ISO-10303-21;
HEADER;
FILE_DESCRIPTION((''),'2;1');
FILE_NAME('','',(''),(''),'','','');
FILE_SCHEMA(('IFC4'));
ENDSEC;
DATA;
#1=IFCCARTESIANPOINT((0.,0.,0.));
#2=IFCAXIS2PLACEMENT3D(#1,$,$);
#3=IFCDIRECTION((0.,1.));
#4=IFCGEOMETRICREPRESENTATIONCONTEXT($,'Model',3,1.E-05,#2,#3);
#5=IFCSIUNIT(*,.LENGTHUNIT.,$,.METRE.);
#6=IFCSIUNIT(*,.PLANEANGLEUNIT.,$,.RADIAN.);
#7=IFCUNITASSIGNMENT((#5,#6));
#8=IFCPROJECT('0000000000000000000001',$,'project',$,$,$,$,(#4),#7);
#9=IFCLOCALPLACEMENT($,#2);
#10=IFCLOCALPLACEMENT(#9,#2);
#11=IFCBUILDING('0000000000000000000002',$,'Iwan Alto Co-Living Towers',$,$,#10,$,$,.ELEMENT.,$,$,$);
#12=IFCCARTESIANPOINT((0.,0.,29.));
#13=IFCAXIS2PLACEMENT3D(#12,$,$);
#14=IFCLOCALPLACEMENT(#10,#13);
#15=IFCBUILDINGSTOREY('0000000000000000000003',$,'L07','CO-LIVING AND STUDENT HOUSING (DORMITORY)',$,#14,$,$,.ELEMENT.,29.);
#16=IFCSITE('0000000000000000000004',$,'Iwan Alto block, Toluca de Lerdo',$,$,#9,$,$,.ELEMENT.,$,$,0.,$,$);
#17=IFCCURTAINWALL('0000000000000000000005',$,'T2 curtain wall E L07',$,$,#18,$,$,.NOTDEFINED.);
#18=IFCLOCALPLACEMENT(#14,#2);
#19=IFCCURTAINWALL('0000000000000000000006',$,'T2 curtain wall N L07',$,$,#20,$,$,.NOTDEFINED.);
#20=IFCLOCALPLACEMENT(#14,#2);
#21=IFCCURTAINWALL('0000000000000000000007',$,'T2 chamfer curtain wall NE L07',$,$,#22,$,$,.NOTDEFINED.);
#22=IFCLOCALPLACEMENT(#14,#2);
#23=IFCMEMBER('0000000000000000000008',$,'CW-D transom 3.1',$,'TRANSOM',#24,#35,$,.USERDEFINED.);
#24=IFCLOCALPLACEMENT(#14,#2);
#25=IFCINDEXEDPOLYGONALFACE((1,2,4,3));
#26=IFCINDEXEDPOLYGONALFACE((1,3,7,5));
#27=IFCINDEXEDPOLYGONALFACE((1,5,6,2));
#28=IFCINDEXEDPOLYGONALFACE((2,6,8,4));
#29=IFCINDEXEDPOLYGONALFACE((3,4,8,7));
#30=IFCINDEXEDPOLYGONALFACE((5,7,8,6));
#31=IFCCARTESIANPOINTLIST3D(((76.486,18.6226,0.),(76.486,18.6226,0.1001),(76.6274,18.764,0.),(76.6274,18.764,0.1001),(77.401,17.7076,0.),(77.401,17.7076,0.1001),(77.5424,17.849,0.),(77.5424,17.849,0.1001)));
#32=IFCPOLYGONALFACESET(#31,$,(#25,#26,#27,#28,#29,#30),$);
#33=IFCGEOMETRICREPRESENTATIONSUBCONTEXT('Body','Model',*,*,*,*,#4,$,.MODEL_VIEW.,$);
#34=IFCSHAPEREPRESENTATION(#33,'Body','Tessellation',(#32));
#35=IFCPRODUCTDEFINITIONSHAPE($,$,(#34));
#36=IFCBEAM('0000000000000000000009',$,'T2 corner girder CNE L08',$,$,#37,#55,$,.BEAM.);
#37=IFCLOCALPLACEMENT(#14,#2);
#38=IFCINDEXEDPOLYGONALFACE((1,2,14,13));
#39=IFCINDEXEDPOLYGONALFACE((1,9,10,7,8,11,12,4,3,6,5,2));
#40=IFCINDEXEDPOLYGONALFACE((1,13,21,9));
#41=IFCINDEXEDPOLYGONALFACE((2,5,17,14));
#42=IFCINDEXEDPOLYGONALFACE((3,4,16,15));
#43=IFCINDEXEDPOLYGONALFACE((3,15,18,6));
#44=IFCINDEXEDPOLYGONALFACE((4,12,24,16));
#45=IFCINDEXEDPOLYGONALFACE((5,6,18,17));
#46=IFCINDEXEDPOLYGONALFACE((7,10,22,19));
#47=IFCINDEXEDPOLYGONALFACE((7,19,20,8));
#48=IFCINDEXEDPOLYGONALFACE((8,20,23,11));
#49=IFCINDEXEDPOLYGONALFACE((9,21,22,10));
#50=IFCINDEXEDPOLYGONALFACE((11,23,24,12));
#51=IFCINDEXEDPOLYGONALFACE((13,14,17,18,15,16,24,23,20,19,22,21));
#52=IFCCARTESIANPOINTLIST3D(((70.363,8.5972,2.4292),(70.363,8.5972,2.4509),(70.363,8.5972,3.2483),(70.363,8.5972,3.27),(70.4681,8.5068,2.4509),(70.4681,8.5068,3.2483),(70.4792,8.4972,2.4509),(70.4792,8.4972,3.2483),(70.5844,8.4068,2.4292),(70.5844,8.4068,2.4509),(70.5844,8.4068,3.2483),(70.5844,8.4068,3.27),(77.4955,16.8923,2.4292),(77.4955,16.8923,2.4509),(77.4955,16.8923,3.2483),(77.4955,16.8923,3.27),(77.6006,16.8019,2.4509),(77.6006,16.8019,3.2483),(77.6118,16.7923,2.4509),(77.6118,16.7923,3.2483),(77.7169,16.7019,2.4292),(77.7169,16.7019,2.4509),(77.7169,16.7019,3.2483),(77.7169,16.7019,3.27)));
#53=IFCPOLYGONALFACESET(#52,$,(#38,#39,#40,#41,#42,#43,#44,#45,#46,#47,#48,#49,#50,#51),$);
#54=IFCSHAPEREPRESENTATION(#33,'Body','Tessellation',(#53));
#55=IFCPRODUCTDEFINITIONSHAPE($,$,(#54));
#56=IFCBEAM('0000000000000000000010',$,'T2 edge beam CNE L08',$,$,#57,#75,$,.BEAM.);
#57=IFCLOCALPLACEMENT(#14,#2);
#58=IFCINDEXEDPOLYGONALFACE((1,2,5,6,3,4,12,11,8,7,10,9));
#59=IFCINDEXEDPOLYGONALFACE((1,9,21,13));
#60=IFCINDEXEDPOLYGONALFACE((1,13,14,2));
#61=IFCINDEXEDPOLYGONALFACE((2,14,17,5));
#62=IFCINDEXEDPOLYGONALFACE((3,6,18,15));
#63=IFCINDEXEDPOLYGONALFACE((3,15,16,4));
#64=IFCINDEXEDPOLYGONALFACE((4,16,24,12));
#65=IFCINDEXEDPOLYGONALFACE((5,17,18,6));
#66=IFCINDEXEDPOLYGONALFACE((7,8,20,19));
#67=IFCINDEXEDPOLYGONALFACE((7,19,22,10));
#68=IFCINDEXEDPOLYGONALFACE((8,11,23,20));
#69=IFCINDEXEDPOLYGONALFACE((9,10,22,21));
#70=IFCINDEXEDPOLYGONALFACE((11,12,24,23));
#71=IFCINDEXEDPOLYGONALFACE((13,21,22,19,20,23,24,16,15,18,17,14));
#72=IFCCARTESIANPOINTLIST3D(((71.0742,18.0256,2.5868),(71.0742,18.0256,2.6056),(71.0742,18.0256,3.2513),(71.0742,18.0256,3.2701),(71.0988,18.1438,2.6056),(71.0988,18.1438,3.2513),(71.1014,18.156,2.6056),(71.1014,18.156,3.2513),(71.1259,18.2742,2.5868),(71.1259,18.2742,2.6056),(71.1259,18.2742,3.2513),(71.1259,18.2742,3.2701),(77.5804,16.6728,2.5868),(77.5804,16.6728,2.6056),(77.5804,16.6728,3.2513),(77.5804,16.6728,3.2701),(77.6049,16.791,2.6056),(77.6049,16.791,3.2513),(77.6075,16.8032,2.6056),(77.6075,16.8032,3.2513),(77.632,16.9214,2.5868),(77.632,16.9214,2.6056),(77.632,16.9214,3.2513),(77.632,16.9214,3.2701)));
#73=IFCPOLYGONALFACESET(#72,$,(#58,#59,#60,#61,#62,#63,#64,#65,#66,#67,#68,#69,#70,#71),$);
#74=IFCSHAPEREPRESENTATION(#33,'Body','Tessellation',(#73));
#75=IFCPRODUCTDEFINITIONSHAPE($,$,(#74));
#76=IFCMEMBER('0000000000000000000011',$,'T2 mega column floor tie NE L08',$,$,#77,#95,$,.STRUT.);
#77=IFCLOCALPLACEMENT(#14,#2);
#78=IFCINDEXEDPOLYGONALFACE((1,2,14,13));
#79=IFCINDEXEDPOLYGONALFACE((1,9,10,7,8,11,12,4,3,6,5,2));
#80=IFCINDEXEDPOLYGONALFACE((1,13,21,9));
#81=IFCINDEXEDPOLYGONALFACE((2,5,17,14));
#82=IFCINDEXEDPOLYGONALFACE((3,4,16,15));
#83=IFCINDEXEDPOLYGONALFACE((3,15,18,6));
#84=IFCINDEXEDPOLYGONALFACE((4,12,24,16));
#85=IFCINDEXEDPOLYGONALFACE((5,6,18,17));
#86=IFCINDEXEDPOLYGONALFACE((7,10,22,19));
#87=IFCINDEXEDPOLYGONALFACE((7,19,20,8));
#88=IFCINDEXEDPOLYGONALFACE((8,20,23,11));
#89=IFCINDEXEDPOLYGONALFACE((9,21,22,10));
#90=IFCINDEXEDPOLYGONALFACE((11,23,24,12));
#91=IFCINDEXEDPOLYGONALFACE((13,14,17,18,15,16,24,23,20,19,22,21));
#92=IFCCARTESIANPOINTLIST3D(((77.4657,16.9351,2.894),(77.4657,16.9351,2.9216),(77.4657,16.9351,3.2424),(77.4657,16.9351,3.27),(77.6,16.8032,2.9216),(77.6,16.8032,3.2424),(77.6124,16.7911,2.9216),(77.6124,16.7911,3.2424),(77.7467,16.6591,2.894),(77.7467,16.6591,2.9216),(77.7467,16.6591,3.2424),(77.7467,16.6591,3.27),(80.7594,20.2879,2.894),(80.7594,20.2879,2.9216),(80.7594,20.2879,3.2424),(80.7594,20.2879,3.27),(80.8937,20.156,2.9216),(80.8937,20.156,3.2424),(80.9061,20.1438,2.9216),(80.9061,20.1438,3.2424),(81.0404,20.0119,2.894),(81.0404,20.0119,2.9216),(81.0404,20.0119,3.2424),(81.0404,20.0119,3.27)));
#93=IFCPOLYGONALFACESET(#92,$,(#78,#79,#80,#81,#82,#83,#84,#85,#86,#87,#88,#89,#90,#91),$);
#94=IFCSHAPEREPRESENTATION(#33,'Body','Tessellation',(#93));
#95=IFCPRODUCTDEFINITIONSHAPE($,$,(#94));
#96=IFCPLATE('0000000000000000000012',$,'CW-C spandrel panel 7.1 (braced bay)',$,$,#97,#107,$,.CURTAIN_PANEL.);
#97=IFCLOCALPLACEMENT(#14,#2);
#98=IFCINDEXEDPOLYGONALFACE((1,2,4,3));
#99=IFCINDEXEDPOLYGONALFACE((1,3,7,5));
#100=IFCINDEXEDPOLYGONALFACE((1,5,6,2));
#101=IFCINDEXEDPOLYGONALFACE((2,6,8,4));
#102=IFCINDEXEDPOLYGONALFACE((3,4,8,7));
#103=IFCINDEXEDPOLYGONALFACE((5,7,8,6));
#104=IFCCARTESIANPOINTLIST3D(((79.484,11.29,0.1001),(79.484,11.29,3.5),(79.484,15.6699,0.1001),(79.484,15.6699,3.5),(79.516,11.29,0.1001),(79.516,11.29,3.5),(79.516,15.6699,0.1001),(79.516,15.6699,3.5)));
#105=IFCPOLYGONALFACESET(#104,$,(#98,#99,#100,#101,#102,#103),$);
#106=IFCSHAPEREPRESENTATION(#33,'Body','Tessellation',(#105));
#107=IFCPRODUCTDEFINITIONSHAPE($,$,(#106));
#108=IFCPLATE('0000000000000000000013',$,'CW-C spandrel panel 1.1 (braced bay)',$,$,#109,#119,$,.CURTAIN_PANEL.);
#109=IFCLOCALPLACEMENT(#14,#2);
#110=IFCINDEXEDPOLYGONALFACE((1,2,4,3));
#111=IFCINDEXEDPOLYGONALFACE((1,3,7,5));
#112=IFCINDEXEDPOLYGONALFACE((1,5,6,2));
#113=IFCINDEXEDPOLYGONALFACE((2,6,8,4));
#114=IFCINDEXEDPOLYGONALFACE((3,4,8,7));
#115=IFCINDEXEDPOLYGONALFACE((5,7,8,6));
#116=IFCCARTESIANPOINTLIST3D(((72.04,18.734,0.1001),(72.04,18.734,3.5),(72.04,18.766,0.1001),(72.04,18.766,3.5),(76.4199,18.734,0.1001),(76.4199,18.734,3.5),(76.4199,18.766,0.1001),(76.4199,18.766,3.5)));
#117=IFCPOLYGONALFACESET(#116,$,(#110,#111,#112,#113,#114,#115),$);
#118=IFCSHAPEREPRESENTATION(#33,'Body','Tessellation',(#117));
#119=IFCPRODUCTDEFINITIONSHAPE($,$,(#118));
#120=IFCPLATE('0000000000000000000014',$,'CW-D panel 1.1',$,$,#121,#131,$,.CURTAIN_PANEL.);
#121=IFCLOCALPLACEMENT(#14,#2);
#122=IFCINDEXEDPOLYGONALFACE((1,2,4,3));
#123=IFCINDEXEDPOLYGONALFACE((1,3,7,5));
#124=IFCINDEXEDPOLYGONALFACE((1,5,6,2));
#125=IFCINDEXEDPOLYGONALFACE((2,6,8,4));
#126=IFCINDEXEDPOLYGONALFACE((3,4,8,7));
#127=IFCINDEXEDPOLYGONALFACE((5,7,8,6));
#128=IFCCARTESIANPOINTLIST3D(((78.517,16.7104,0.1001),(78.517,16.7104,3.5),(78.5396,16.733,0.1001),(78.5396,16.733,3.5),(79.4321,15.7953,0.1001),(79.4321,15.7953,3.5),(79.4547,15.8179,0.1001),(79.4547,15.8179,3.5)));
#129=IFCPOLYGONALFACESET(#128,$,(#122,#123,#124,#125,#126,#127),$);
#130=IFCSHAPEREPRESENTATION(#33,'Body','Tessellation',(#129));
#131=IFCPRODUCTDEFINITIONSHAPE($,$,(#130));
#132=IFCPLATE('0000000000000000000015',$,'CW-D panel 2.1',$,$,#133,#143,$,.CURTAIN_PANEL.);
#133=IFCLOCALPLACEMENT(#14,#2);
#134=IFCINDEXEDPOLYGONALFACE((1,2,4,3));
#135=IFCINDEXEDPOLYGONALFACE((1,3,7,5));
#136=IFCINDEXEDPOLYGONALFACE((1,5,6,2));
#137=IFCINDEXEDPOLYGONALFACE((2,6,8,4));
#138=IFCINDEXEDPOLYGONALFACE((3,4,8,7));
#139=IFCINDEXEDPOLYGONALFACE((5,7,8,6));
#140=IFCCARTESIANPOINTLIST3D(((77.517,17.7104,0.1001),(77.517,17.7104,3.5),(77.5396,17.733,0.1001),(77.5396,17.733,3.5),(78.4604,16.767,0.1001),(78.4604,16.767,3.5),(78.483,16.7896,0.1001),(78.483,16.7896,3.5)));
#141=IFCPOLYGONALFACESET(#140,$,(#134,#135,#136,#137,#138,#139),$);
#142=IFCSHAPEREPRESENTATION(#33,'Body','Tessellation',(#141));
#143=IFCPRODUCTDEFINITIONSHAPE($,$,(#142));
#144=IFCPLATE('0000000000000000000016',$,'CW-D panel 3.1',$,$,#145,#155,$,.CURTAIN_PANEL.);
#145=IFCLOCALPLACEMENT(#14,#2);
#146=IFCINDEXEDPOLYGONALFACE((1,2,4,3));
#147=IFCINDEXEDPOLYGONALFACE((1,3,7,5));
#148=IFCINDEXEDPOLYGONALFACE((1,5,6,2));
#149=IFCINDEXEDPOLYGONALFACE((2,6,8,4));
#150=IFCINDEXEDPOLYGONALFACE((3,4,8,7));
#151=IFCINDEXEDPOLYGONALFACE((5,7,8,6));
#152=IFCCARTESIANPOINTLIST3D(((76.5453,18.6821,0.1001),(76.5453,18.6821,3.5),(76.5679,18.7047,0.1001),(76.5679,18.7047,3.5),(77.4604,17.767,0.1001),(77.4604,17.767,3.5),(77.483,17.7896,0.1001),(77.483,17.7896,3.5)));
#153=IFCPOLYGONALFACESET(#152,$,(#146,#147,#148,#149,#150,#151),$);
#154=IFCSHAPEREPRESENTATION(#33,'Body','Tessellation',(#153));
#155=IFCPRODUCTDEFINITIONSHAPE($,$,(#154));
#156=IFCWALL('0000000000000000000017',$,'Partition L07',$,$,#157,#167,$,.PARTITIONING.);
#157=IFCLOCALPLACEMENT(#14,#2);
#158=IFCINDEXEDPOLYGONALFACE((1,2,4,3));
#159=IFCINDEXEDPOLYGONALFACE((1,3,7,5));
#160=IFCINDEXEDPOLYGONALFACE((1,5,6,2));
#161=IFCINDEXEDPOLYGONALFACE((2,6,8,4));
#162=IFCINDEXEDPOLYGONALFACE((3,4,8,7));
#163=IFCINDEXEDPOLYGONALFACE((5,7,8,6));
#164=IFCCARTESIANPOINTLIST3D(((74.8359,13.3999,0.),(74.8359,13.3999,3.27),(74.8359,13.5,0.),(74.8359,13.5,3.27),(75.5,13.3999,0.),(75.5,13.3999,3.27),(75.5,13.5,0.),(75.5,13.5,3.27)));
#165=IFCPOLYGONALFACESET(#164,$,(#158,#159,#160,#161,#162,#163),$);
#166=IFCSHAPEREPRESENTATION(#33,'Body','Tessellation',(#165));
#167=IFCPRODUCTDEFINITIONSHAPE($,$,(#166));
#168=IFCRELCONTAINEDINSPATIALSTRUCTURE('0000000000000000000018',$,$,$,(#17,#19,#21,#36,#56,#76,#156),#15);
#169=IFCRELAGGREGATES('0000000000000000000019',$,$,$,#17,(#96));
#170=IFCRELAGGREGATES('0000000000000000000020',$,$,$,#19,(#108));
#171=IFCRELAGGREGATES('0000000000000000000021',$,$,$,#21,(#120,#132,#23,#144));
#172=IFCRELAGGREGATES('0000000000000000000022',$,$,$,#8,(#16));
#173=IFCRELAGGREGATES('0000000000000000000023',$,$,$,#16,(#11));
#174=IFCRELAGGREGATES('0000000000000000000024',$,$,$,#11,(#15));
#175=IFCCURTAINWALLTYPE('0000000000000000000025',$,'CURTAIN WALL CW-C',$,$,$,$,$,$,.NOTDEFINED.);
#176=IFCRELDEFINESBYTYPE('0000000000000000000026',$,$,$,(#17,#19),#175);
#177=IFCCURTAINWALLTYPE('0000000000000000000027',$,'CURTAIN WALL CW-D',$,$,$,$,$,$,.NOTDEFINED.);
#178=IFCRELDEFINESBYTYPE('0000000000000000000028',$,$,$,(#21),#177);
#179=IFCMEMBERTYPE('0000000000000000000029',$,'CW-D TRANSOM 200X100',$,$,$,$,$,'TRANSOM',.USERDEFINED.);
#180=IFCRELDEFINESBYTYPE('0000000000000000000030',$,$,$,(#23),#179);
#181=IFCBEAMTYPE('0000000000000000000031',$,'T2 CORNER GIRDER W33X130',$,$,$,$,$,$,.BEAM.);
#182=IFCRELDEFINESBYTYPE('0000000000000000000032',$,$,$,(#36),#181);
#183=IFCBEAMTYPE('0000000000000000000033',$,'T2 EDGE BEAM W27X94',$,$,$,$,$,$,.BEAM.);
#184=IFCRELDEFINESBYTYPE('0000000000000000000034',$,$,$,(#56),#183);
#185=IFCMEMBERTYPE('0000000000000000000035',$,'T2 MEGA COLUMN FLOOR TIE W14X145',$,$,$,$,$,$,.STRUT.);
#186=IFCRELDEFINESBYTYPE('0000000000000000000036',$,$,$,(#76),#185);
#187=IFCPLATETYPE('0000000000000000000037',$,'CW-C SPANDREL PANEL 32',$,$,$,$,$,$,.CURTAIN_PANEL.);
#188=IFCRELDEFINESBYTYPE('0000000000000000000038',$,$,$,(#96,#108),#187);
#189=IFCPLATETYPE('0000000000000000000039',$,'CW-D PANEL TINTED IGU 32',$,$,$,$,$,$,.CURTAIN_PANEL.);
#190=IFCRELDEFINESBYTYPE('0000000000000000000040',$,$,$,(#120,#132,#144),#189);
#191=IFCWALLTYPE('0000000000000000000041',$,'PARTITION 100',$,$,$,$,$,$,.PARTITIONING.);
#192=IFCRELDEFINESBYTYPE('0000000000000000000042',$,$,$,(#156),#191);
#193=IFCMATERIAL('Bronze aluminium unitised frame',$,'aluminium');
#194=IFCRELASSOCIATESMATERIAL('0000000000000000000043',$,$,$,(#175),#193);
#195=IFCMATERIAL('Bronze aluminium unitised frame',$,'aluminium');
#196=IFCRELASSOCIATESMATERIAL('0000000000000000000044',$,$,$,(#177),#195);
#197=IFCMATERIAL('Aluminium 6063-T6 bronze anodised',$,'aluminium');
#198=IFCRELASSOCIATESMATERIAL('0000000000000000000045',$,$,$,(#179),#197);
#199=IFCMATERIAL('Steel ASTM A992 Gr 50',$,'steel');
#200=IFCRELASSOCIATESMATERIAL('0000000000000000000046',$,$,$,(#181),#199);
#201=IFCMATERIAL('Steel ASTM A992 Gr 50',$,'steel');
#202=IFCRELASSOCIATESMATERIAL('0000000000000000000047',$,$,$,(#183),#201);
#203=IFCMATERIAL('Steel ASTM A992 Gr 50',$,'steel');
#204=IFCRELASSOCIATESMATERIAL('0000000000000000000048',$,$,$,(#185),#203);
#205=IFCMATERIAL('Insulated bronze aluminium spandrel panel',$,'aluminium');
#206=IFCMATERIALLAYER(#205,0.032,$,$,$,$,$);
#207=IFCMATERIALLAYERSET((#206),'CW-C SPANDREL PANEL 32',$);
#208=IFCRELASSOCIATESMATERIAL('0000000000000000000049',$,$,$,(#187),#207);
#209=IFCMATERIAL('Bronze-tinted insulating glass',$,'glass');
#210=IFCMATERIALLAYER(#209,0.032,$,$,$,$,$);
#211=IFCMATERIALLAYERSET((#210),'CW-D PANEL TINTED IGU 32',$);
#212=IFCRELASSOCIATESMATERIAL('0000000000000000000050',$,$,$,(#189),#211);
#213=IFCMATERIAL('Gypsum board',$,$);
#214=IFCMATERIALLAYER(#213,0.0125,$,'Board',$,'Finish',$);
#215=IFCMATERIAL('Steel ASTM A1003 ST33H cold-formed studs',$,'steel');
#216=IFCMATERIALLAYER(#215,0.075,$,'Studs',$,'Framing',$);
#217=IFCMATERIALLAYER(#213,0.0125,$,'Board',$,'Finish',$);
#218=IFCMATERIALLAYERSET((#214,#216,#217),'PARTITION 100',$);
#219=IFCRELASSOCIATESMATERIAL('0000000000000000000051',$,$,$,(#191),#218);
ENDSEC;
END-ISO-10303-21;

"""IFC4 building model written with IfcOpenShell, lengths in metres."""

from ifc_helpers import new_model, si_unit, direction, frame, frame_2d, origin, origin_2d, place, context, subcontext, project, spatial, rectangle, i_section, extrude, material, layer, layer_set, material_profile, profile_set, type_object, element, aggregate, save


model = new_model("IFC4")

# Units and contexts
model_context = context("Model", 3, precision=1e-05, world=origin(), true_north=direction((0.0, 1.0)))
body_context = subcontext(model_context, "Body", "Model", "MODEL_VIEW")
ifc_project = project(units=[si_unit("LENGTHUNIT", "METRE"), si_unit("PLANEANGLEUNIT", "RADIAN")], contexts=[model_context])

# Site, building, storey
site_placement = place(None, origin())
site = spatial("IfcSite", under=ifc_project, at=site_placement, Name="Iwan Alto block, Toluca de Lerdo", CompositionType="ELEMENT", RefElevation=0.0)
building_placement = place(site_placement, origin())
building = spatial("IfcBuilding", under=site, at=building_placement, Name="Iwan Alto Co-Living Towers", CompositionType="ELEMENT")
storey_placement = place(building_placement, frame((0.0, 0.0, 29.0)))
storey = spatial("IfcBuildingStorey", under=building, at=storey_placement, Name="L07", Description="CO-LIVING AND STUDENT HOUSING (DORMITORY)", CompositionType="ELEMENT", Elevation=29.0)

# Curtain wall
ifc_material_1 = material(Name="Bronze aluminium unitised frame", Category="aluminium")
curtain_wall_type_1 = type_object("IfcCurtainWallType", Name="CURTAIN WALL CW-C", PredefinedType="NOTDEFINED", material=ifc_material_1)
curtain_wall_1_placement = place(storey_placement, origin())
curtain_wall_1 = element("IfcCurtainWall", 1, at=curtain_wall_1_placement, inside=storey, type_object=curtain_wall_type_1, Name="T2 curtain wall E L07", PredefinedType="NOTDEFINED")

# Curtain walls, member
curtain_wall_2_placement = place(storey_placement, origin())
curtain_wall_2 = element("IfcCurtainWall", 2, at=curtain_wall_2_placement, inside=storey, type_object=curtain_wall_type_1, Name="T2 curtain wall N L07", PredefinedType="NOTDEFINED")
ifc_material_2 = material(Name="Bronze aluminium unitised frame", Category="aluminium")
curtain_wall_type_2 = type_object("IfcCurtainWallType", Name="CURTAIN WALL CW-D", PredefinedType="NOTDEFINED", material=ifc_material_2)
curtain_wall_3_placement = place(storey_placement, origin())
curtain_wall_3 = element("IfcCurtainWall", 3, at=curtain_wall_3_placement, inside=storey, type_object=curtain_wall_type_2, Name="T2 chamfer curtain wall NE L07", PredefinedType="NOTDEFINED")
ifc_material_3 = material(Name="Aluminium 6063-T6 bronze anodised", Category="aluminium")
ifc_material_profile_1 = material_profile(ifc_material_3, rectangle(XDim=0.2, YDim=0.1001, at=origin_2d()), Name="AL 200X100")
ifc_profile_set_1 = profile_set([ifc_material_profile_1], Name="Aluminium 6063-T6 bronze anodised")
member_type_1 = type_object("IfcMemberType", Name="CW-D TRANSOM 200X100", ElementType="TRANSOM", PredefinedType="USERDEFINED", material=ifc_profile_set_1)
member_1_placement = place(storey_placement, frame((77.4717, 17.7783, 0.05), z_axis=(-0.707107, 0.707107, 0.0), x_axis=(-0.707107, -0.707107, 0.0)))
member_1 = element("IfcMember", 4, at=member_1_placement, type_object=member_type_1, Name="CW-D transom 3.1", ObjectType="TRANSOM", PredefinedType="USERDEFINED", context=body_context, shape_type="SweptSolid", body=[
    extrude(rectangle(XDim=0.2, YDim=0.1001, at=origin_2d()), origin(), (0.0, 0.0, 1.0), 1.2939),
])

# Beams
ifc_material_4 = material(Name="Steel ASTM A992 Gr 50", Category="steel")
ifc_material_profile_2 = material_profile(ifc_material_4, i_section(OverallWidth=0.292, OverallDepth=0.8408, WebThickness=0.0146, FlangeThickness=0.0217, at=origin_2d()), Name="W33X130")
ifc_profile_set_2 = profile_set([ifc_material_profile_2], Name="Steel ASTM A992 Gr 50")
beam_type_1 = type_object("IfcBeamType", Name="T2 CORNER GIRDER W33X130", PredefinedType="BEAM", material=ifc_profile_set_2)
beam_1_placement = place(storey_placement, frame((77.6062, 16.7971, 2.8496), z_axis=(-0.651972, -0.758243, 0.0), x_axis=(0.758243, -0.651972, 0.0)))
element("IfcBeam", 5, at=beam_1_placement, inside=storey, type_object=beam_type_1, Name="T2 corner girder CNE L08", PredefinedType="BEAM", context=body_context, shape_type="SweptSolid", body=[
    extrude(i_section(OverallWidth=0.292, OverallDepth=0.8408, WebThickness=0.0146, FlangeThickness=0.0217, at=origin_2d()), origin(), (0.0, 0.0, 1.0), 10.9399),
])
ifc_material_5 = material(Name="Steel ASTM A992 Gr 50", Category="steel")
ifc_material_profile_3 = material_profile(ifc_material_5, i_section(OverallWidth=0.2539, OverallDepth=0.6833, WebThickness=0.0125, FlangeThickness=0.0188, at=origin_2d()), Name="W27X94")
ifc_profile_set_3 = profile_set([ifc_material_profile_3], Name="Steel ASTM A992 Gr 50")
beam_type_2 = type_object("IfcBeamType", Name="T2 EDGE BEAM W27X94", PredefinedType="BEAM", material=ifc_profile_set_3)
beam_2_placement = place(storey_placement, frame((77.6062, 16.7971, 2.9285), z_axis=(-0.97906, 0.203571, 0.0), x_axis=(-0.203571, -0.97906, 0.0)))
element("IfcBeam", 6, at=beam_2_placement, inside=storey, type_object=beam_type_2, Name="T2 edge beam CNE L08", PredefinedType="BEAM", context=body_context, shape_type="SweptSolid", body=[
    extrude(i_section(OverallWidth=0.2539, OverallDepth=0.6833, WebThickness=0.0125, FlangeThickness=0.0188, at=origin_2d()), origin(), (0.0, 0.0, 1.0), 6.6453),
])

# Member
ifc_material_6 = material(Name="Steel ASTM A992 Gr 50", Category="steel")
ifc_material_profile_4 = material_profile(ifc_material_6, i_section(OverallWidth=0.3938, OverallDepth=0.376, WebThickness=0.0173, FlangeThickness=0.0276, at=origin_2d()), Name="W14X145")
ifc_profile_set_4 = profile_set([ifc_material_profile_4], Name="Steel ASTM A992 Gr 50")
member_type_2 = type_object("IfcMemberType", Name="T2 MEGA COLUMN FLOOR TIE W14X145", PredefinedType="STRUT", material=ifc_profile_set_4)
member_2_placement = place(storey_placement, frame((80.8999, 20.1499, 3.082), z_axis=(-0.700793, -0.713364, 0.0), x_axis=(0.713364, -0.700793, 0.0)))
element("IfcMember", 7, at=member_2_placement, inside=storey, type_object=member_type_2, Name="T2 mega column floor tie NE L08", PredefinedType="STRUT", context=body_context, shape_type="SweptSolid", body=[
    extrude(i_section(OverallWidth=0.3938, OverallDepth=0.376, WebThickness=0.0173, FlangeThickness=0.0276, at=origin_2d()), origin(), (0.0, 0.0, 1.0), 4.7),
])

# Plates
ifc_material_7 = material(Name="Insulated bronze aluminium spandrel panel", Category="aluminium")
ifc_layer_1 = layer(ifc_material_7, 0.032)
ifc_layer_set_1 = layer_set([ifc_layer_1], Name="CW-C SPANDREL PANEL 32")
plate_type_1 = type_object("IfcPlateType", Name="CW-C SPANDREL PANEL 32", PredefinedType="CURTAIN_PANEL", material=ifc_layer_set_1)
plate_1_placement = place(storey_placement, frame((79.5, 13.48, 0.1001), z_axis=(0.0, 0.0, 1.0), x_axis=(0.0, 1.0, 0.0)))
plate_1 = element("IfcPlate", 8, at=plate_1_placement, type_object=plate_type_1, Name="CW-C spandrel panel 7.1 (braced bay)", PredefinedType="CURTAIN_PANEL", context=body_context, shape_type="SweptSolid", body=[
    extrude(rectangle(XDim=4.3799, YDim=0.032, at=origin_2d()), origin(), (0.0, 0.0, 1.0), 3.3999),
])
aggregate(curtain_wall_1, [plate_1])
plate_2_placement = place(storey_placement, frame((74.23, 18.75, 0.1001), z_axis=(0.0, 0.0, 1.0), x_axis=(-1.0, 0.0, 0.0)))
plate_2 = element("IfcPlate", 9, at=plate_2_placement, type_object=plate_type_1, Name="CW-C spandrel panel 1.1 (braced bay)", PredefinedType="CURTAIN_PANEL", context=body_context, shape_type="SweptSolid", body=[
    extrude(rectangle(XDim=4.3799, YDim=0.032, at=origin_2d()), origin(), (0.0, 0.0, 1.0), 3.3999),
])
aggregate(curtain_wall_2, [plate_2])
ifc_material_8 = material(Name="Bronze-tinted insulating glass", Category="glass")
ifc_layer_2 = layer(ifc_material_8, 0.032)
ifc_layer_set_2 = layer_set([ifc_layer_2], Name="CW-D PANEL TINTED IGU 32")
plate_type_2 = type_object("IfcPlateType", Name="CW-D PANEL TINTED IGU 32", PredefinedType="CURTAIN_PANEL", material=ifc_layer_set_2)
plate_3_placement = place(storey_placement, frame((78.9858, 16.2642, 0.1001), z_axis=(0.0, 0.0, 1.0), x_axis=(-0.707107, 0.707107, 0.0)))
plate_3 = element("IfcPlate", 10, at=plate_3_placement, type_object=plate_type_2, Name="CW-D panel 1.1", PredefinedType="CURTAIN_PANEL", context=body_context, shape_type="SweptSolid", body=[
    extrude(rectangle(XDim=1.2942, YDim=0.032, at=origin_2d()), origin(), (0.0, 0.0, 1.0), 3.3999),
])
plate_4_placement = place(storey_placement, frame((78.0, 17.25, 0.1001), z_axis=(0.0, 0.0, 1.0), x_axis=(-0.707107, 0.707107, 0.0)))
plate_4 = element("IfcPlate", 11, at=plate_4_placement, type_object=plate_type_2, Name="CW-D panel 2.1", PredefinedType="CURTAIN_PANEL", context=body_context, shape_type="SweptSolid", body=[
    extrude(rectangle(XDim=1.3342, YDim=0.032, at=origin_2d()), origin(), (0.0, 0.0, 1.0), 3.3999),
])
plate_5_placement = place(storey_placement, frame((77.0142, 18.2358, 0.1001), z_axis=(0.0, 0.0, 1.0), x_axis=(-0.707107, 0.707107, 0.0)))
plate_5 = element("IfcPlate", 12, at=plate_5_placement, type_object=plate_type_2, Name="CW-D panel 3.1", PredefinedType="CURTAIN_PANEL", context=body_context, shape_type="SweptSolid", body=[
    extrude(rectangle(XDim=1.2942, YDim=0.032, at=origin_2d()), origin(), (0.0, 0.0, 1.0), 3.3999),
])
aggregate(curtain_wall_3, [plate_3, plate_4, member_1, plate_5])

# Wall
ifc_material_9 = material(Name="Gypsum board")
ifc_layer_3 = layer(ifc_material_9, 0.0125, Name="Board", Category="Finish")
ifc_material_10 = material(Name="Steel ASTM A1003 ST33H cold-formed studs", Category="steel")
ifc_layer_4 = layer(ifc_material_10, 0.075, Name="Studs", Category="Framing")
ifc_layer_5 = layer(ifc_material_9, 0.0125, Name="Board", Category="Finish")
ifc_layer_set_3 = layer_set([ifc_layer_3, ifc_layer_4, ifc_layer_5], Name="PARTITION 100")
wall_type = type_object("IfcWallType", Name="PARTITION 100", PredefinedType="PARTITIONING", material=ifc_layer_set_3)
wall_placement = place(storey_placement, frame((74.8359, 13.45, 0.0), z_axis=(0.0, 0.0, 1.0), x_axis=(1.0, 0.0, 0.0)))
element("IfcWall", 13, at=wall_placement, inside=storey, type_object=wall_type, Name="Partition L07", PredefinedType="PARTITIONING", context=body_context, shape_type="SweptSolid", body=[
    extrude(rectangle(XDim=0.6641, YDim=0.1001, at=frame_2d((0.332, 0.0))), origin(), (0.0, 0.0, 1.0), 3.27),
])

save(model, "model.ifc")
